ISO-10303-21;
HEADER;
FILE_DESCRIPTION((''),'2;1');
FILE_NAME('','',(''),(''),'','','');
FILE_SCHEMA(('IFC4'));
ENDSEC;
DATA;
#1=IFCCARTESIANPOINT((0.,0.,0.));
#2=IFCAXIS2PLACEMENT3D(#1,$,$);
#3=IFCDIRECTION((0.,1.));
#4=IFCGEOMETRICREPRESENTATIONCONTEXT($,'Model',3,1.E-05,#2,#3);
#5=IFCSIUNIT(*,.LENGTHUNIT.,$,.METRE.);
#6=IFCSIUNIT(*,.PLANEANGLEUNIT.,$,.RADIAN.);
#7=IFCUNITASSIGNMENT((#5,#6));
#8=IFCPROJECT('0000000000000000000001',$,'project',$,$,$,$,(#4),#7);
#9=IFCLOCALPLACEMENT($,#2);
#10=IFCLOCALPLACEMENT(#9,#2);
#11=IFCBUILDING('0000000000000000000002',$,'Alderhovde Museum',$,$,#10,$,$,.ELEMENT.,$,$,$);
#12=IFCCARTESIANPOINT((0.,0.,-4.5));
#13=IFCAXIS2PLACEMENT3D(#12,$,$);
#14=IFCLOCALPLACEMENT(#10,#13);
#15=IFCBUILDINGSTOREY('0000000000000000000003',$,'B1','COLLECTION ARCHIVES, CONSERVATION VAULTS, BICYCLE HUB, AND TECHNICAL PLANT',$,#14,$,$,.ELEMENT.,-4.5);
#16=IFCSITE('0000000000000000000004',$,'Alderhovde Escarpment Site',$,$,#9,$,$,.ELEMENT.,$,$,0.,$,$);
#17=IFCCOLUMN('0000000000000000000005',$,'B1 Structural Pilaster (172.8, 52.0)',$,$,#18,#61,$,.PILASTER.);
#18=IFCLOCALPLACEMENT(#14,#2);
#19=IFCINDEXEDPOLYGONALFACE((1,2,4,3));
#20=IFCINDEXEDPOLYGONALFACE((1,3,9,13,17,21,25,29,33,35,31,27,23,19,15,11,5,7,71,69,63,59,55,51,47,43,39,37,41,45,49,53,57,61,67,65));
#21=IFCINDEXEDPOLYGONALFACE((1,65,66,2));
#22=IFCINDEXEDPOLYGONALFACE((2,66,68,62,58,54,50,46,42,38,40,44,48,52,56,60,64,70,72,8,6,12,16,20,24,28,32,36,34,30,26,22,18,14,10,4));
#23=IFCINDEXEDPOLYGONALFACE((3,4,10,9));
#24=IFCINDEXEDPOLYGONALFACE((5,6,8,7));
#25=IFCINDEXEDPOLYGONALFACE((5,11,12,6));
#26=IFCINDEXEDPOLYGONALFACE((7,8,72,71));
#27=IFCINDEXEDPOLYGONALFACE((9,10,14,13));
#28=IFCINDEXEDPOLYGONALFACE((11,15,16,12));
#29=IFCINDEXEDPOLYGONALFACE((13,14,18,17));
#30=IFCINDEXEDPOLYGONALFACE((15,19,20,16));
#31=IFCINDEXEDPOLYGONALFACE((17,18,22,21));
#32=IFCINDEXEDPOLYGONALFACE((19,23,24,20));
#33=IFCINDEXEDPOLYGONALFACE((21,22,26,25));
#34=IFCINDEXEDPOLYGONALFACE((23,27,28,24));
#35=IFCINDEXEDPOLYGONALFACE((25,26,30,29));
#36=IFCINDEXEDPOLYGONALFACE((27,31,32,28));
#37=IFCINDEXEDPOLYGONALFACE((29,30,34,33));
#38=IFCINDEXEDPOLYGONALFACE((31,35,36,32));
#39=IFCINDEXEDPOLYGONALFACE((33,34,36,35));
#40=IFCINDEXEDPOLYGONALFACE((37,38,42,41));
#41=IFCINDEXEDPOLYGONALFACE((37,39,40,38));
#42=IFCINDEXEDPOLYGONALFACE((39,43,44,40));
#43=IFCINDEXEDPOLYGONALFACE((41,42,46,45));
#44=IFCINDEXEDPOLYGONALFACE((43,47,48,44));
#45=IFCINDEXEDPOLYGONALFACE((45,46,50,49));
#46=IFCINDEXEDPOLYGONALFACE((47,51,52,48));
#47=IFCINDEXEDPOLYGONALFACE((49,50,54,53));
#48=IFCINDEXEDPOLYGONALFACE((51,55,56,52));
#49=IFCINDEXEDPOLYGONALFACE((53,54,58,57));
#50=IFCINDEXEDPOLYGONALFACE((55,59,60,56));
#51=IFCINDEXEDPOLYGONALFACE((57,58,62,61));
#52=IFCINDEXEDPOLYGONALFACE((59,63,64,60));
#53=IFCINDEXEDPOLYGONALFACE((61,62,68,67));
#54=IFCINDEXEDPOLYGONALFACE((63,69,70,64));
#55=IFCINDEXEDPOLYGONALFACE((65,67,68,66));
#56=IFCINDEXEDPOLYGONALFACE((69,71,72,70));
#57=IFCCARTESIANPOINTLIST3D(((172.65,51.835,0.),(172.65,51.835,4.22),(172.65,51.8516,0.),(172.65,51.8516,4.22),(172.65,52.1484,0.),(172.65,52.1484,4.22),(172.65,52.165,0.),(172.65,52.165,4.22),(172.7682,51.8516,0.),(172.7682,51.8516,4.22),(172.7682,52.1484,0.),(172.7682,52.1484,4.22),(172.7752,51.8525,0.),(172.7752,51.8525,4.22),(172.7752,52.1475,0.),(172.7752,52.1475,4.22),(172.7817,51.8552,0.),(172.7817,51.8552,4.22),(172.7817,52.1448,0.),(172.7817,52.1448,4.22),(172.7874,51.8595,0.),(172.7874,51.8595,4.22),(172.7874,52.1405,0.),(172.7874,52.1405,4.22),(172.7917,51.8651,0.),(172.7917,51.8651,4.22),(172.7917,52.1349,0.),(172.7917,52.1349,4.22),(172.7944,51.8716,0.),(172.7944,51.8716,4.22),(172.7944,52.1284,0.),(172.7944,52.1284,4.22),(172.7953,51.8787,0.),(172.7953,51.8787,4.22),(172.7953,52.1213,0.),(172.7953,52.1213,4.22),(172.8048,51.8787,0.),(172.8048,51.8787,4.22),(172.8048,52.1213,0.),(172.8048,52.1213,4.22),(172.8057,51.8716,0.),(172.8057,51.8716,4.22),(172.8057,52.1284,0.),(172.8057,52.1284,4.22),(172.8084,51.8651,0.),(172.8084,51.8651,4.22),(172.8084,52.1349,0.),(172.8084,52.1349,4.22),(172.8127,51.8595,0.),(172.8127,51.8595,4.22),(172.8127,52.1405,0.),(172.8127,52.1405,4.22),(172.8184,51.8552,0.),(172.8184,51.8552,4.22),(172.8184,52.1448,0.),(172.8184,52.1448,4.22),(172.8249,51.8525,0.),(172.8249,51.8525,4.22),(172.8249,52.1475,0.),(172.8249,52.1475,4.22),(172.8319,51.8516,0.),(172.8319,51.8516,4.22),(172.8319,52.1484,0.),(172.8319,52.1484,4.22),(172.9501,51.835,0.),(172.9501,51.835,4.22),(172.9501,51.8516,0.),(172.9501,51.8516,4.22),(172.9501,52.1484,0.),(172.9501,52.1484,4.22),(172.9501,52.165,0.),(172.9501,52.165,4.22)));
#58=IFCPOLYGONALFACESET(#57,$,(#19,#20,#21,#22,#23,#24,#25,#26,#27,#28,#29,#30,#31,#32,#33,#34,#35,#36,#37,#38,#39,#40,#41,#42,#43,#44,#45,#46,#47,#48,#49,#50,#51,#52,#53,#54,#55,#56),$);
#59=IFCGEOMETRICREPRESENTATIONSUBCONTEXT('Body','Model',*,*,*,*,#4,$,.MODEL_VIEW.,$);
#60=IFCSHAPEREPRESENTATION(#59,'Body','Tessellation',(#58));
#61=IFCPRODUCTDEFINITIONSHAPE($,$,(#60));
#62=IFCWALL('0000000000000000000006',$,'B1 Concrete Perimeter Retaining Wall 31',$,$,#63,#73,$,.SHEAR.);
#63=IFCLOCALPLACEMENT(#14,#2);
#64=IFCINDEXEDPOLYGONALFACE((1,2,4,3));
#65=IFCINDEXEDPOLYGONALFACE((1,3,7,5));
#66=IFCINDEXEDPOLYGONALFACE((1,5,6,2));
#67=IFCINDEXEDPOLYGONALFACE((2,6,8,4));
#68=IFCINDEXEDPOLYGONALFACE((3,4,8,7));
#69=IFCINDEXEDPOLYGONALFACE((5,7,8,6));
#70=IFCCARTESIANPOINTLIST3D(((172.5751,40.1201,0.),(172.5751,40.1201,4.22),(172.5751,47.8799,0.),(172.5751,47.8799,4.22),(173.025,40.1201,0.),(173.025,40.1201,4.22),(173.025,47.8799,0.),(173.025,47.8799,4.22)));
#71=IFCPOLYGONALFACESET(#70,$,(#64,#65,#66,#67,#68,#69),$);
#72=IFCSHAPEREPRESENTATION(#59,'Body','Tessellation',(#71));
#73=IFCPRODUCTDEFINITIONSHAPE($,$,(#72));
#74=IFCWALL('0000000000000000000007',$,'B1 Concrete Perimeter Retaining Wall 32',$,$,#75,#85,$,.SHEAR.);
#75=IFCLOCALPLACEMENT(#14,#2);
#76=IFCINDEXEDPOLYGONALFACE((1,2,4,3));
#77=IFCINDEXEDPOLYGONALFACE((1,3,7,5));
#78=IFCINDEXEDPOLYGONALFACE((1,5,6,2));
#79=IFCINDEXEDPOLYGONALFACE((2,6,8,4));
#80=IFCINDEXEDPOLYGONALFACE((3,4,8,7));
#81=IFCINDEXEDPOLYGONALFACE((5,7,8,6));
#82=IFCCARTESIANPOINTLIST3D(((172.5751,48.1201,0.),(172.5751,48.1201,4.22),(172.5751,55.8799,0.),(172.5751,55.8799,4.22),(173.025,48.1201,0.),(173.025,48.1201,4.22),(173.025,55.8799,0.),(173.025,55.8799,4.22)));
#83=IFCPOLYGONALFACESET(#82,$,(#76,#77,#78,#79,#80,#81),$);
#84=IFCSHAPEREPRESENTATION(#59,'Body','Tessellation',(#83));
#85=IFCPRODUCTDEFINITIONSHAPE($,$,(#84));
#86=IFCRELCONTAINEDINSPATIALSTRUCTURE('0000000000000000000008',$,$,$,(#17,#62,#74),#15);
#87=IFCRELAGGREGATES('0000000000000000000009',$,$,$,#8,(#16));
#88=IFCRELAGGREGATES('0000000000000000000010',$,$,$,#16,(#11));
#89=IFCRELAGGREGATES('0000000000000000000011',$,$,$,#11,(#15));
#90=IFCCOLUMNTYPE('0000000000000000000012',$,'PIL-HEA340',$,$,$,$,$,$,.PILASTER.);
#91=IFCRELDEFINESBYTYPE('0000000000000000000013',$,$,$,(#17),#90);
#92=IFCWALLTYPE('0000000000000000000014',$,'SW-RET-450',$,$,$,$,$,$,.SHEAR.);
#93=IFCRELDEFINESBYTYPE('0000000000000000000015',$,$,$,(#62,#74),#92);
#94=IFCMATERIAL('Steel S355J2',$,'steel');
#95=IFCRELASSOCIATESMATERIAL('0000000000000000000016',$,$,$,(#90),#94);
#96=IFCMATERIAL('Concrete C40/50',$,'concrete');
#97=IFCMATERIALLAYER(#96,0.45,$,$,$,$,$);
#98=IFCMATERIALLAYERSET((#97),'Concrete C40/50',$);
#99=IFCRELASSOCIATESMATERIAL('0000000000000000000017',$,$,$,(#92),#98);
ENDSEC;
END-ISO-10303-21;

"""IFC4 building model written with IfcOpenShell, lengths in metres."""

from ifc_helpers import new_model, si_unit, direction, frame, frame_2d, origin, origin_2d, place, context, subcontext, project, spatial, rectangle, i_section, extrude, material, layer, layer_set, material_profile, profile_set, type_object, element, save


model = new_model("IFC4")

# Units and contexts
model_context = context("Model", 3, precision=1e-05, world=origin(), true_north=direction((0.0, 1.0)))
body_context = subcontext(model_context, "Body", "Model", "MODEL_VIEW")
ifc_project = project(units=[si_unit("LENGTHUNIT", "METRE"), si_unit("PLANEANGLEUNIT", "RADIAN")], contexts=[model_context])

# Site, building, storey
site_placement = place(None, origin())
site = spatial("IfcSite", under=ifc_project, at=site_placement, Name="Alderhovde Escarpment Site", CompositionType="ELEMENT", RefElevation=0.0)
building_placement = place(site_placement, origin())
building = spatial("IfcBuilding", under=site, at=building_placement, Name="Alderhovde Museum", CompositionType="ELEMENT")
storey_placement = place(building_placement, frame((0.0, 0.0, -4.5)))
storey = spatial("IfcBuildingStorey", under=building, at=storey_placement, Name="B1", Description="COLLECTION ARCHIVES, CONSERVATION VAULTS, BICYCLE HUB, AND TECHNICAL PLANT", CompositionType="ELEMENT", Elevation=-4.5)

# Column
ifc_material_1 = material(Name="Steel S355J2", Category="steel")
ifc_material_profile_1 = material_profile(ifc_material_1, i_section(OverallWidth=0.3, OverallDepth=0.3301, WebThickness=0.0095, FlangeThickness=0.0166, FilletRadius=0.0271, at=origin_2d()), Name="HEA 340")
ifc_profile_set_1 = profile_set([ifc_material_profile_1], Name="Steel S355J2")
column_type_1 = type_object("IfcColumnType", Name="PIL-HEA340", PredefinedType="PILASTER", material=ifc_profile_set_1)
column_1_placement = place(storey_placement, frame((172.8, 52.0, 0.0), z_axis=(0.0, 0.0, 1.0), x_axis=(1.0, 0.0, 0.0)))
element("IfcColumn", 1, at=column_1_placement, inside=storey, type_object=column_type_1, Name="B1 Structural Pilaster (172.8, 52.0)", PredefinedType="PILASTER", context=body_context, shape_type="SweptSolid", body=[
    extrude(i_section(OverallWidth=0.3, OverallDepth=0.3301, WebThickness=0.0095, FlangeThickness=0.0166, FilletRadius=0.0271, at=origin_2d()), origin(), (0.0, 0.0, 1.0), 4.22),
])

# Walls
ifc_material_2 = material(Name="Concrete C40/50", Category="concrete")
ifc_layer = layer(ifc_material_2, 0.45)
ifc_layer_set = layer_set([ifc_layer], Name="Concrete C40/50")
wall_type = type_object("IfcWallType", Name="SW-RET-450", PredefinedType="SHEAR", material=ifc_layer_set)
for number, where, z_axis, x_axis, name in (
    (2, (172.8, 40.1201, 0.0), (0.0, 0.0, 1.0), (0.0, 1.0, 0.0), "B1 Concrete Perimeter Retaining Wall 31"),
    (3, (172.8, 48.1201, 0.0), (0.0, 0.0, 1.0), (0.0, 1.0, 0.0), "B1 Concrete Perimeter Retaining Wall 32"),
):
    element("IfcWall", number, at=place(storey_placement, frame(where, z_axis=z_axis, x_axis=x_axis)), inside=storey, type_object=wall_type, Name=name, PredefinedType="SHEAR", context=body_context, shape_type="SweptSolid", body=[
        extrude(rectangle(XDim=7.7598, YDim=0.45, at=frame_2d((3.8799, 0.0))), origin(), (0.0, 0.0, 1.0), 4.22),
    ])

save(model, "model.ifc")
